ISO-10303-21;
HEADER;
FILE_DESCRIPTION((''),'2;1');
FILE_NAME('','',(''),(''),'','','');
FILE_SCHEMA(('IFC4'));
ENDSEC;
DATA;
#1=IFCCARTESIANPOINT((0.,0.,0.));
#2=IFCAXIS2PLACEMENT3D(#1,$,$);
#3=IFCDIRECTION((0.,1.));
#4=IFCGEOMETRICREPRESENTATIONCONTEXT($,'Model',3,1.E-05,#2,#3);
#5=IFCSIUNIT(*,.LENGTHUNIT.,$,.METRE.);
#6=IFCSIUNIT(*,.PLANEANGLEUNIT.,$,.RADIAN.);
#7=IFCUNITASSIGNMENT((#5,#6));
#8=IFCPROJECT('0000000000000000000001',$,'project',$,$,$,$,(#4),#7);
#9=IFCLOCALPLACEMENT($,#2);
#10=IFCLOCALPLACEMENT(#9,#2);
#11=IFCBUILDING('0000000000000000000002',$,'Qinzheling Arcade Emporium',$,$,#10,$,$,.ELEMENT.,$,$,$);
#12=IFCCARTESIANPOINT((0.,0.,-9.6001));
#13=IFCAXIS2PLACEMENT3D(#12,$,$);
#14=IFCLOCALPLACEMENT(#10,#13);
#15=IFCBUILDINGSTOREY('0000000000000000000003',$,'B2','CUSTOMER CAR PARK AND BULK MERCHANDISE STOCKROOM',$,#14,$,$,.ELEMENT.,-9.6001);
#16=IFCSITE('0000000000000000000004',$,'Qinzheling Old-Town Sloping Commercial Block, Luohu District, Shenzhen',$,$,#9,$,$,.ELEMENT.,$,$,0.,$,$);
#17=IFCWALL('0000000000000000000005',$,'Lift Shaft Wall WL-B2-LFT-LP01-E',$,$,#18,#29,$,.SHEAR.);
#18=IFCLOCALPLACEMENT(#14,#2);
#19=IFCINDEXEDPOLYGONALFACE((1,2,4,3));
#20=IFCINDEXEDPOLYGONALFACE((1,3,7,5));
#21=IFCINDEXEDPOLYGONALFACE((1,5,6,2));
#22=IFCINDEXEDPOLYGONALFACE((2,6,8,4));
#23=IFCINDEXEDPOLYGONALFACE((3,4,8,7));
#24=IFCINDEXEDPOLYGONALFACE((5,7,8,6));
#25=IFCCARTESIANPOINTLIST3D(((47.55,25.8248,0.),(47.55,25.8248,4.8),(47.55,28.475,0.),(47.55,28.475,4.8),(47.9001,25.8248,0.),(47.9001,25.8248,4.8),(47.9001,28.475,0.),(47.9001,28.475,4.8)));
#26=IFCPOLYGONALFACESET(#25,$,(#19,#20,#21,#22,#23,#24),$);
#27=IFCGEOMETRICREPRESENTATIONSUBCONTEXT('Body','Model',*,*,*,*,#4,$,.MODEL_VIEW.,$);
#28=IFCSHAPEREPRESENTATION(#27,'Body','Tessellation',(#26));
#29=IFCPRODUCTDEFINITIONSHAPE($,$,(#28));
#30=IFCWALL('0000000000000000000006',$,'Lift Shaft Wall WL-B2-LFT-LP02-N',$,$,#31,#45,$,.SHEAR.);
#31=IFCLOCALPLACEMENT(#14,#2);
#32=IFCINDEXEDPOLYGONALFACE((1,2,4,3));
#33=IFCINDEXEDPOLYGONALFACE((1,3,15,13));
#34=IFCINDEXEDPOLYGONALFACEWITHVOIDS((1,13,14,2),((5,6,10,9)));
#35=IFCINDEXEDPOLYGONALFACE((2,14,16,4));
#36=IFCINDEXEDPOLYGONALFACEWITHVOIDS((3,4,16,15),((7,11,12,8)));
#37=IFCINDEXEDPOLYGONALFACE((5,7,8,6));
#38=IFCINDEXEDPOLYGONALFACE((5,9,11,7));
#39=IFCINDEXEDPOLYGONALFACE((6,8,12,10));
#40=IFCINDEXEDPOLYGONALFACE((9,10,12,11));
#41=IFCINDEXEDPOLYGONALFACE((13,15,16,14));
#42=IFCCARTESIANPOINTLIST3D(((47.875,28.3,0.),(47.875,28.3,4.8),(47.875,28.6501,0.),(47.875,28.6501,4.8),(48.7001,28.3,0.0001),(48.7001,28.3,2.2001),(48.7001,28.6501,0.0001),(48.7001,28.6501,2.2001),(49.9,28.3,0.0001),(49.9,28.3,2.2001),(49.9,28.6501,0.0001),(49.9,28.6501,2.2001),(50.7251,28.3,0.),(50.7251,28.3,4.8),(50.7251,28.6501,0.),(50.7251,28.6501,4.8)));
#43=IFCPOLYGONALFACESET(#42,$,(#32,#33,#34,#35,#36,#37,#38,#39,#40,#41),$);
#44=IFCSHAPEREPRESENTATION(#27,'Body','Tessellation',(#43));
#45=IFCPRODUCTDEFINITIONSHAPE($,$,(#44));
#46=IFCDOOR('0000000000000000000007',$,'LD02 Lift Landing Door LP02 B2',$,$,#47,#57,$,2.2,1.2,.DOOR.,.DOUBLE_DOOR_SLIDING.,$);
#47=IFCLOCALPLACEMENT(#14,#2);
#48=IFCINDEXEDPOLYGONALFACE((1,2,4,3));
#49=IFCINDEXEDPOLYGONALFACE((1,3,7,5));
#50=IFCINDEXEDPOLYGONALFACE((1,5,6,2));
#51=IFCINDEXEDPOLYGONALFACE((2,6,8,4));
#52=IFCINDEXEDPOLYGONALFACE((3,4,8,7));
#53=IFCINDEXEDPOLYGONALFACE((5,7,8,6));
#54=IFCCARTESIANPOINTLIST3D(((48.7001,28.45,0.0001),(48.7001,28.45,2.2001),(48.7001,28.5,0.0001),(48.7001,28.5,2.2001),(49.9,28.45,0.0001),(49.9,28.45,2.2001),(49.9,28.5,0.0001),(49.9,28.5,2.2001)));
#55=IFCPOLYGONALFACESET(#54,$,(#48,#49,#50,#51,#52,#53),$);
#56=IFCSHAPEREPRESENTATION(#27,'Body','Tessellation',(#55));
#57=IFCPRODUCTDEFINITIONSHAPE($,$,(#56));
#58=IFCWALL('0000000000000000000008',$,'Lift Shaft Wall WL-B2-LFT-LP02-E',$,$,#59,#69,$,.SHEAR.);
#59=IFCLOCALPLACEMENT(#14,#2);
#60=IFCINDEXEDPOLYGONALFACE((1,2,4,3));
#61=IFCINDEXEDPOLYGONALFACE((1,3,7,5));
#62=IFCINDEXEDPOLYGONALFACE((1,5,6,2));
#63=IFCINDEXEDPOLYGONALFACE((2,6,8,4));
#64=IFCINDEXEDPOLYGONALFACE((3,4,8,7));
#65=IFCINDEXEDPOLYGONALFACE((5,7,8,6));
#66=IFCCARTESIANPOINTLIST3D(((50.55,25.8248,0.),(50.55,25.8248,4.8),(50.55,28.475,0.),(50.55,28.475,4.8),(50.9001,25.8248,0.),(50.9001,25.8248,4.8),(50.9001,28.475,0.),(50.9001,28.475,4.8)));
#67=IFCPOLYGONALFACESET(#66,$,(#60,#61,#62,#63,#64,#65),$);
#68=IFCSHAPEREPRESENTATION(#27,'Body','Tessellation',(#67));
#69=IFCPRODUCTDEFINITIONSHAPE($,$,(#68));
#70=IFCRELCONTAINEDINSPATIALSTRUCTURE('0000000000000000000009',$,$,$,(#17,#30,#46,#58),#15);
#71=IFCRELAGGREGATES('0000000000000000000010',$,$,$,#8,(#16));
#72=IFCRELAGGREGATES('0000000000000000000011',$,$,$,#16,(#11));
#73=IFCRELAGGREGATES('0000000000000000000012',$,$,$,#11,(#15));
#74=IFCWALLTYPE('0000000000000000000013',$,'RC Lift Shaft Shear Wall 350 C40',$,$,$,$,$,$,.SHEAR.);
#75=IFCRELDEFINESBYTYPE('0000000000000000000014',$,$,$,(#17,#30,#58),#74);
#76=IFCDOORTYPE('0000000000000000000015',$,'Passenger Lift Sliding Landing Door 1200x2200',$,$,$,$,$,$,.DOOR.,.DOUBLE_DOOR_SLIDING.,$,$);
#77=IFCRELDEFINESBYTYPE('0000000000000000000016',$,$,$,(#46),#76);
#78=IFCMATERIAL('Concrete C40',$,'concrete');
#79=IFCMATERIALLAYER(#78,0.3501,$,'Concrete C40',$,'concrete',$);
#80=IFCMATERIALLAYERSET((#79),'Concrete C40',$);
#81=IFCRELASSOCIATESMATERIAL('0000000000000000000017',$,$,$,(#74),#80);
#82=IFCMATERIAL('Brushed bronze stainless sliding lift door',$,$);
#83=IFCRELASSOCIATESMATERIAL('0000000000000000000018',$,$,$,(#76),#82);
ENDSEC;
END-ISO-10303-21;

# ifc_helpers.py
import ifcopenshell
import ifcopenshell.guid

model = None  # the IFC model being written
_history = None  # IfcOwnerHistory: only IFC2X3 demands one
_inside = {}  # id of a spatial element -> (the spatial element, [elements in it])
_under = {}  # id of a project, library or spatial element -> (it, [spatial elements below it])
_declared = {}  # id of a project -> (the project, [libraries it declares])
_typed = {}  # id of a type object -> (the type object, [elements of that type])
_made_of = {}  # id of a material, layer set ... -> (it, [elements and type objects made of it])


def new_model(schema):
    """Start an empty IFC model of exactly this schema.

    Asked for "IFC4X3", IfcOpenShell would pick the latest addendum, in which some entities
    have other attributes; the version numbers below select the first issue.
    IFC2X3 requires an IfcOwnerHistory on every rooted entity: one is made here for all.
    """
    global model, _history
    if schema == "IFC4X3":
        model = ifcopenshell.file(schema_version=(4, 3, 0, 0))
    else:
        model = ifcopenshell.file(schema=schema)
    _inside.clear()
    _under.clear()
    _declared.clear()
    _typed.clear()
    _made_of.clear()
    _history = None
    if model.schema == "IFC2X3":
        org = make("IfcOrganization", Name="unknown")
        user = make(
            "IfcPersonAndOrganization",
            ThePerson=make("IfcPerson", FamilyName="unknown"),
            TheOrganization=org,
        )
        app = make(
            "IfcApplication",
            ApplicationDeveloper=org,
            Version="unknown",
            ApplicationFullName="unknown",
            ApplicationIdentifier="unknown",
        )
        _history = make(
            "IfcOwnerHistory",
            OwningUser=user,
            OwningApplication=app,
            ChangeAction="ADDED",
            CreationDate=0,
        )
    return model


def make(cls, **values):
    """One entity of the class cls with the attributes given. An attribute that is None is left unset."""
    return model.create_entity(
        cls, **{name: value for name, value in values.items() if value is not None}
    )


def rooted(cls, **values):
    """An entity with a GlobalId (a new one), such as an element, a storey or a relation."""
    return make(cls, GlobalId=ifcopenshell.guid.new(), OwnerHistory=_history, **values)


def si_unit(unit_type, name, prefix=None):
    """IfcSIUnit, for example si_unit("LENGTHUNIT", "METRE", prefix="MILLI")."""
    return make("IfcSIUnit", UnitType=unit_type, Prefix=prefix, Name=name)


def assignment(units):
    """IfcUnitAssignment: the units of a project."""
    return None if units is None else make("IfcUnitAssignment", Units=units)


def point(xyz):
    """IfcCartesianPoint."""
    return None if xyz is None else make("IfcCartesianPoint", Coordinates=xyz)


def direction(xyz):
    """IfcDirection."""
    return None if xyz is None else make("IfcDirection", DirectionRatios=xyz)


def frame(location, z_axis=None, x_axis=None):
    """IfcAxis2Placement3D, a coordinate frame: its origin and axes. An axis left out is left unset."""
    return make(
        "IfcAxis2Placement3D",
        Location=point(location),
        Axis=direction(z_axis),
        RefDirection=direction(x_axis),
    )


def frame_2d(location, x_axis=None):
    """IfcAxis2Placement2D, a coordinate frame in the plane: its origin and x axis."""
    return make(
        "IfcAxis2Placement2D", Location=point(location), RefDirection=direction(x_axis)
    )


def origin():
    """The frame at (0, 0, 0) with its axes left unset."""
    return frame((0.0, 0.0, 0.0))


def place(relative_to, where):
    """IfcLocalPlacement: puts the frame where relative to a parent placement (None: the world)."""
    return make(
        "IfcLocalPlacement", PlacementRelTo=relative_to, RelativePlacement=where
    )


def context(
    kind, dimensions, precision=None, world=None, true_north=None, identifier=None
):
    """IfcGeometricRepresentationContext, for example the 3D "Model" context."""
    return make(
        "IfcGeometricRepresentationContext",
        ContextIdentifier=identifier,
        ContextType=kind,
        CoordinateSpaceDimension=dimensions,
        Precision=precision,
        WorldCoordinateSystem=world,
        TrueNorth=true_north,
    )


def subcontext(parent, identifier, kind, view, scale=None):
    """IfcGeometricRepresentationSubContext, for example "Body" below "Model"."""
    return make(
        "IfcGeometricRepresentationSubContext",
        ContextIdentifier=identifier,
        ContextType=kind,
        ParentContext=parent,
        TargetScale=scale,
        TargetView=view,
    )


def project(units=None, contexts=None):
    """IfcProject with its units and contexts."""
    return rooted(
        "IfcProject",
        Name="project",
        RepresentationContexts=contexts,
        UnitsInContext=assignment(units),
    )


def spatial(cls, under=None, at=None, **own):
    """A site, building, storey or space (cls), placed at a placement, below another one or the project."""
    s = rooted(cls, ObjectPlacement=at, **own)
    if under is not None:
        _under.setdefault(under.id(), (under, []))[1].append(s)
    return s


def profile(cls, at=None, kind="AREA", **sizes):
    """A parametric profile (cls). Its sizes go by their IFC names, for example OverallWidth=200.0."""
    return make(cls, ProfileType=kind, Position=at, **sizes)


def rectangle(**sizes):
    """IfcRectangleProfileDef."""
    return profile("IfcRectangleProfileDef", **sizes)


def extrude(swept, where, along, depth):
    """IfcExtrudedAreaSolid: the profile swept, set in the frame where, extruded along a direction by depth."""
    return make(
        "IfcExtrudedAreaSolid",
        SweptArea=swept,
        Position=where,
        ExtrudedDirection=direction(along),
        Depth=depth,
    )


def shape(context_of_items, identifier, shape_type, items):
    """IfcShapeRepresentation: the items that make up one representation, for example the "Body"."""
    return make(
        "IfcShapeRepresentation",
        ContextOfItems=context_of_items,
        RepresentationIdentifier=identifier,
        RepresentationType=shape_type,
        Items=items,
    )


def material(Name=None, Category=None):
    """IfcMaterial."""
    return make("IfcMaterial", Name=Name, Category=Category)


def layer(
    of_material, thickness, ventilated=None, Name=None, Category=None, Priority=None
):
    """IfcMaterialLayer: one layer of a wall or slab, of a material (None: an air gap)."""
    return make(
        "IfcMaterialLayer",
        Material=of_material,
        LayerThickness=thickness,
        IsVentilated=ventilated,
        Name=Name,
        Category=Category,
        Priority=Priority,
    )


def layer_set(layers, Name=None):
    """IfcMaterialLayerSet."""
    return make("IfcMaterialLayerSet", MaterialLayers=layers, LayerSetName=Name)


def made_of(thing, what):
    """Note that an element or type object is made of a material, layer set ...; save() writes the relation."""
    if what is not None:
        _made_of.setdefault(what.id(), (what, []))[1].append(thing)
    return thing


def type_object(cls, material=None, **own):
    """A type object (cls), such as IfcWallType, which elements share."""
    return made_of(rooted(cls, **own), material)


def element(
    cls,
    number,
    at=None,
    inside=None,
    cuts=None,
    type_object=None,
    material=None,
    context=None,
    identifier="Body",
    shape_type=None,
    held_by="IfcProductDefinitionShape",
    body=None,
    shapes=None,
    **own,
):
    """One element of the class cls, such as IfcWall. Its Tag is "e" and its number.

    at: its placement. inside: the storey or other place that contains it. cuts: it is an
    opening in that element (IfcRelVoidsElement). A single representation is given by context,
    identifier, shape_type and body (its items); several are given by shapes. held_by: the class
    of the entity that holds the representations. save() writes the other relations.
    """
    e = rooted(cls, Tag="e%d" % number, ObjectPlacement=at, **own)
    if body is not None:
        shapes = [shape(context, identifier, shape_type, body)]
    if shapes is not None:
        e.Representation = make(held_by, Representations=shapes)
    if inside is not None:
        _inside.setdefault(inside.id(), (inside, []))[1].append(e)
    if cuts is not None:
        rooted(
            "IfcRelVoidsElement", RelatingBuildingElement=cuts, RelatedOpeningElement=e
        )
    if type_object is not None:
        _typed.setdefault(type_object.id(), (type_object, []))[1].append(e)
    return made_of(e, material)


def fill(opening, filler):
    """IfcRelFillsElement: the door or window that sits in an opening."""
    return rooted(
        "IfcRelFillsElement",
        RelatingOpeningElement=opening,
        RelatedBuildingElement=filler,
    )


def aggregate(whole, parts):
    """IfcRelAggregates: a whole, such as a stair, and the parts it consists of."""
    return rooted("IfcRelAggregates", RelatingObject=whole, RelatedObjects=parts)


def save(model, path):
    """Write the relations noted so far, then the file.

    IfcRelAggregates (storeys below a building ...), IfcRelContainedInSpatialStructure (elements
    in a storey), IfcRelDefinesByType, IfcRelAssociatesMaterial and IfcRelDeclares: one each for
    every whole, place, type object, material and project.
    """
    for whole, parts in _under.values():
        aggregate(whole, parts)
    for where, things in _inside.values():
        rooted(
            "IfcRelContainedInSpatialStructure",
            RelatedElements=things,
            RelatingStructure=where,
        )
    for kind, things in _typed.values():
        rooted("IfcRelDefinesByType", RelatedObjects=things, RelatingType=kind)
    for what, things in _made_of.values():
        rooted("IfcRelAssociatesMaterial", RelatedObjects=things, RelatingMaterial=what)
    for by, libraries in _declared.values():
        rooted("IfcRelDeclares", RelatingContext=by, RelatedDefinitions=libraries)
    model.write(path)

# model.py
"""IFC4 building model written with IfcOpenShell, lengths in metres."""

from ifc_helpers import new_model, si_unit, direction, frame, frame_2d, origin, place, context, subcontext, project, spatial, rectangle, extrude, material, layer, layer_set, type_object, element, fill, save


model = new_model("IFC4")

# Units and contexts
model_context = context("Model", 3, precision=1e-05, world=origin(), true_north=direction((0.0, 1.0)))
body_context = subcontext(model_context, "Body", "Model", "MODEL_VIEW")
ifc_project = project(units=[si_unit("LENGTHUNIT", "METRE"), si_unit("PLANEANGLEUNIT", "RADIAN")], contexts=[model_context])

# Site, building, storey
site_placement = place(None, origin())
site = spatial("IfcSite", under=ifc_project, at=site_placement, Name="Qinzheling Old-Town Sloping Commercial Block, Luohu District, Shenzhen", CompositionType="ELEMENT", RefElevation=0.0)
building_placement = place(site_placement, origin())
building = spatial("IfcBuilding", under=site, at=building_placement, Name="Qinzheling Arcade Emporium", CompositionType="ELEMENT")
storey_placement = place(building_placement, frame((0.0, 0.0, -9.6001)))
storey = spatial("IfcBuildingStorey", under=building, at=storey_placement, Name="B2", Description="CUSTOMER CAR PARK AND BULK MERCHANDISE STOCKROOM", CompositionType="ELEMENT", Elevation=-9.6001)

# Shared definitions
ifc_material_1 = material(Name="Concrete C40", Category="concrete")

# Shared definitions
ifc_layer_1 = layer(ifc_material_1, 0.3501, Name="Concrete C40", Category="concrete")
ifc_layer_set_1 = layer_set([ifc_layer_1], Name="Concrete C40")
wall_type_1 = type_object("IfcWallType", Name="RC Lift Shaft Shear Wall 350 C40", PredefinedType="SHEAR", material=ifc_layer_set_1)
ifc_material_2 = material(Name="Brushed bronze stainless sliding lift door")
door_type_1 = type_object("IfcDoorType", Name="Passenger Lift Sliding Landing Door 1200x2200", OperationType="DOUBLE_DOOR_SLIDING", PredefinedType="DOOR", material=ifc_material_2)

# Wall
wall_1_placement = place(storey_placement, frame((47.7251, 28.4751, 0.0), z_axis=(0.0, 0.0, 1.0), x_axis=(0.0, -1.0, 0.0)))
element("IfcWall", 1, at=wall_1_placement, inside=storey, type_object=wall_type_1, Name="Lift Shaft Wall WL-B2-LFT-LP01-E", PredefinedType="SHEAR", context=body_context, shape_type="SweptSolid", body=[
    extrude(rectangle(XDim=2.6501, YDim=0.3501, at=frame_2d((1.3252, 0.0))), origin(), (0.0, 0.0, 1.0), 4.8),
])

# Wall, opening, door
wall_2_placement = place(storey_placement, frame((47.875, 28.4751, 0.0), z_axis=(0.0, 0.0, 1.0), x_axis=(1.0, 0.0, 0.0)))
wall_2 = element("IfcWall", 2, at=wall_2_placement, inside=storey, type_object=wall_type_1, Name="Lift Shaft Wall WL-B2-LFT-LP02-N", PredefinedType="SHEAR", context=body_context, shape_type="SweptSolid", body=[
    extrude(rectangle(XDim=2.8501, YDim=0.3501, at=frame_2d((1.425, 0.0))), origin(), (0.0, 0.0, 1.0), 4.8),
])
opening_1_placement = place(wall_2_placement, frame((0.825, 0.0, 0.0)))
opening_1 = element("IfcOpeningElement", 3, at=opening_1_placement, cuts=wall_2, PredefinedType="OPENING", context=body_context, shape_type="SweptSolid", body=[
    extrude(rectangle(XDim=1.2, YDim=2.2, at=frame_2d((0.6001, 1.1001))), frame((0.0, 0.1851, 0.0), z_axis=(0.0, -1.0, 0.0), x_axis=(1.0, 0.0, 0.0)), (0.0, 0.0, 1.0), 0.3701),
])
door_1_placement = place(opening_1_placement, origin())
door_1 = element("IfcDoor", 4, at=door_1_placement, inside=storey, type_object=door_type_1, Name="LD02 Lift Landing Door LP02 B2", OperationType="DOUBLE_DOOR_SLIDING", OverallHeight=2.2, OverallWidth=1.2, PredefinedType="DOOR", context=body_context, shape_type="SweptSolid", body=[
    extrude(rectangle(XDim=1.2, YDim=2.2, at=frame_2d((0.6001, 1.1001))), frame((0.0, 0.0249, 0.0), z_axis=(0.0, -1.0, 0.0), x_axis=(1.0, 0.0, 0.0)), (0.0, 0.0, 1.0), 0.05),
])
fill(opening_1, door_1)

# Wall
wall_3_placement = place(storey_placement, frame((50.7251, 28.4751, 0.0), z_axis=(0.0, 0.0, 1.0), x_axis=(0.0, -1.0, 0.0)))
element("IfcWall", 5, at=wall_3_placement, inside=storey, type_object=wall_type_1, Name="Lift Shaft Wall WL-B2-LFT-LP02-E", PredefinedType="SHEAR", context=body_context, shape_type="SweptSolid", body=[
    extrude(rectangle(XDim=2.6501, YDim=0.3501, at=frame_2d((1.3252, 0.0))), origin(), (0.0, 0.0, 1.0), 4.8),
])

save(model, "model.ifc")
